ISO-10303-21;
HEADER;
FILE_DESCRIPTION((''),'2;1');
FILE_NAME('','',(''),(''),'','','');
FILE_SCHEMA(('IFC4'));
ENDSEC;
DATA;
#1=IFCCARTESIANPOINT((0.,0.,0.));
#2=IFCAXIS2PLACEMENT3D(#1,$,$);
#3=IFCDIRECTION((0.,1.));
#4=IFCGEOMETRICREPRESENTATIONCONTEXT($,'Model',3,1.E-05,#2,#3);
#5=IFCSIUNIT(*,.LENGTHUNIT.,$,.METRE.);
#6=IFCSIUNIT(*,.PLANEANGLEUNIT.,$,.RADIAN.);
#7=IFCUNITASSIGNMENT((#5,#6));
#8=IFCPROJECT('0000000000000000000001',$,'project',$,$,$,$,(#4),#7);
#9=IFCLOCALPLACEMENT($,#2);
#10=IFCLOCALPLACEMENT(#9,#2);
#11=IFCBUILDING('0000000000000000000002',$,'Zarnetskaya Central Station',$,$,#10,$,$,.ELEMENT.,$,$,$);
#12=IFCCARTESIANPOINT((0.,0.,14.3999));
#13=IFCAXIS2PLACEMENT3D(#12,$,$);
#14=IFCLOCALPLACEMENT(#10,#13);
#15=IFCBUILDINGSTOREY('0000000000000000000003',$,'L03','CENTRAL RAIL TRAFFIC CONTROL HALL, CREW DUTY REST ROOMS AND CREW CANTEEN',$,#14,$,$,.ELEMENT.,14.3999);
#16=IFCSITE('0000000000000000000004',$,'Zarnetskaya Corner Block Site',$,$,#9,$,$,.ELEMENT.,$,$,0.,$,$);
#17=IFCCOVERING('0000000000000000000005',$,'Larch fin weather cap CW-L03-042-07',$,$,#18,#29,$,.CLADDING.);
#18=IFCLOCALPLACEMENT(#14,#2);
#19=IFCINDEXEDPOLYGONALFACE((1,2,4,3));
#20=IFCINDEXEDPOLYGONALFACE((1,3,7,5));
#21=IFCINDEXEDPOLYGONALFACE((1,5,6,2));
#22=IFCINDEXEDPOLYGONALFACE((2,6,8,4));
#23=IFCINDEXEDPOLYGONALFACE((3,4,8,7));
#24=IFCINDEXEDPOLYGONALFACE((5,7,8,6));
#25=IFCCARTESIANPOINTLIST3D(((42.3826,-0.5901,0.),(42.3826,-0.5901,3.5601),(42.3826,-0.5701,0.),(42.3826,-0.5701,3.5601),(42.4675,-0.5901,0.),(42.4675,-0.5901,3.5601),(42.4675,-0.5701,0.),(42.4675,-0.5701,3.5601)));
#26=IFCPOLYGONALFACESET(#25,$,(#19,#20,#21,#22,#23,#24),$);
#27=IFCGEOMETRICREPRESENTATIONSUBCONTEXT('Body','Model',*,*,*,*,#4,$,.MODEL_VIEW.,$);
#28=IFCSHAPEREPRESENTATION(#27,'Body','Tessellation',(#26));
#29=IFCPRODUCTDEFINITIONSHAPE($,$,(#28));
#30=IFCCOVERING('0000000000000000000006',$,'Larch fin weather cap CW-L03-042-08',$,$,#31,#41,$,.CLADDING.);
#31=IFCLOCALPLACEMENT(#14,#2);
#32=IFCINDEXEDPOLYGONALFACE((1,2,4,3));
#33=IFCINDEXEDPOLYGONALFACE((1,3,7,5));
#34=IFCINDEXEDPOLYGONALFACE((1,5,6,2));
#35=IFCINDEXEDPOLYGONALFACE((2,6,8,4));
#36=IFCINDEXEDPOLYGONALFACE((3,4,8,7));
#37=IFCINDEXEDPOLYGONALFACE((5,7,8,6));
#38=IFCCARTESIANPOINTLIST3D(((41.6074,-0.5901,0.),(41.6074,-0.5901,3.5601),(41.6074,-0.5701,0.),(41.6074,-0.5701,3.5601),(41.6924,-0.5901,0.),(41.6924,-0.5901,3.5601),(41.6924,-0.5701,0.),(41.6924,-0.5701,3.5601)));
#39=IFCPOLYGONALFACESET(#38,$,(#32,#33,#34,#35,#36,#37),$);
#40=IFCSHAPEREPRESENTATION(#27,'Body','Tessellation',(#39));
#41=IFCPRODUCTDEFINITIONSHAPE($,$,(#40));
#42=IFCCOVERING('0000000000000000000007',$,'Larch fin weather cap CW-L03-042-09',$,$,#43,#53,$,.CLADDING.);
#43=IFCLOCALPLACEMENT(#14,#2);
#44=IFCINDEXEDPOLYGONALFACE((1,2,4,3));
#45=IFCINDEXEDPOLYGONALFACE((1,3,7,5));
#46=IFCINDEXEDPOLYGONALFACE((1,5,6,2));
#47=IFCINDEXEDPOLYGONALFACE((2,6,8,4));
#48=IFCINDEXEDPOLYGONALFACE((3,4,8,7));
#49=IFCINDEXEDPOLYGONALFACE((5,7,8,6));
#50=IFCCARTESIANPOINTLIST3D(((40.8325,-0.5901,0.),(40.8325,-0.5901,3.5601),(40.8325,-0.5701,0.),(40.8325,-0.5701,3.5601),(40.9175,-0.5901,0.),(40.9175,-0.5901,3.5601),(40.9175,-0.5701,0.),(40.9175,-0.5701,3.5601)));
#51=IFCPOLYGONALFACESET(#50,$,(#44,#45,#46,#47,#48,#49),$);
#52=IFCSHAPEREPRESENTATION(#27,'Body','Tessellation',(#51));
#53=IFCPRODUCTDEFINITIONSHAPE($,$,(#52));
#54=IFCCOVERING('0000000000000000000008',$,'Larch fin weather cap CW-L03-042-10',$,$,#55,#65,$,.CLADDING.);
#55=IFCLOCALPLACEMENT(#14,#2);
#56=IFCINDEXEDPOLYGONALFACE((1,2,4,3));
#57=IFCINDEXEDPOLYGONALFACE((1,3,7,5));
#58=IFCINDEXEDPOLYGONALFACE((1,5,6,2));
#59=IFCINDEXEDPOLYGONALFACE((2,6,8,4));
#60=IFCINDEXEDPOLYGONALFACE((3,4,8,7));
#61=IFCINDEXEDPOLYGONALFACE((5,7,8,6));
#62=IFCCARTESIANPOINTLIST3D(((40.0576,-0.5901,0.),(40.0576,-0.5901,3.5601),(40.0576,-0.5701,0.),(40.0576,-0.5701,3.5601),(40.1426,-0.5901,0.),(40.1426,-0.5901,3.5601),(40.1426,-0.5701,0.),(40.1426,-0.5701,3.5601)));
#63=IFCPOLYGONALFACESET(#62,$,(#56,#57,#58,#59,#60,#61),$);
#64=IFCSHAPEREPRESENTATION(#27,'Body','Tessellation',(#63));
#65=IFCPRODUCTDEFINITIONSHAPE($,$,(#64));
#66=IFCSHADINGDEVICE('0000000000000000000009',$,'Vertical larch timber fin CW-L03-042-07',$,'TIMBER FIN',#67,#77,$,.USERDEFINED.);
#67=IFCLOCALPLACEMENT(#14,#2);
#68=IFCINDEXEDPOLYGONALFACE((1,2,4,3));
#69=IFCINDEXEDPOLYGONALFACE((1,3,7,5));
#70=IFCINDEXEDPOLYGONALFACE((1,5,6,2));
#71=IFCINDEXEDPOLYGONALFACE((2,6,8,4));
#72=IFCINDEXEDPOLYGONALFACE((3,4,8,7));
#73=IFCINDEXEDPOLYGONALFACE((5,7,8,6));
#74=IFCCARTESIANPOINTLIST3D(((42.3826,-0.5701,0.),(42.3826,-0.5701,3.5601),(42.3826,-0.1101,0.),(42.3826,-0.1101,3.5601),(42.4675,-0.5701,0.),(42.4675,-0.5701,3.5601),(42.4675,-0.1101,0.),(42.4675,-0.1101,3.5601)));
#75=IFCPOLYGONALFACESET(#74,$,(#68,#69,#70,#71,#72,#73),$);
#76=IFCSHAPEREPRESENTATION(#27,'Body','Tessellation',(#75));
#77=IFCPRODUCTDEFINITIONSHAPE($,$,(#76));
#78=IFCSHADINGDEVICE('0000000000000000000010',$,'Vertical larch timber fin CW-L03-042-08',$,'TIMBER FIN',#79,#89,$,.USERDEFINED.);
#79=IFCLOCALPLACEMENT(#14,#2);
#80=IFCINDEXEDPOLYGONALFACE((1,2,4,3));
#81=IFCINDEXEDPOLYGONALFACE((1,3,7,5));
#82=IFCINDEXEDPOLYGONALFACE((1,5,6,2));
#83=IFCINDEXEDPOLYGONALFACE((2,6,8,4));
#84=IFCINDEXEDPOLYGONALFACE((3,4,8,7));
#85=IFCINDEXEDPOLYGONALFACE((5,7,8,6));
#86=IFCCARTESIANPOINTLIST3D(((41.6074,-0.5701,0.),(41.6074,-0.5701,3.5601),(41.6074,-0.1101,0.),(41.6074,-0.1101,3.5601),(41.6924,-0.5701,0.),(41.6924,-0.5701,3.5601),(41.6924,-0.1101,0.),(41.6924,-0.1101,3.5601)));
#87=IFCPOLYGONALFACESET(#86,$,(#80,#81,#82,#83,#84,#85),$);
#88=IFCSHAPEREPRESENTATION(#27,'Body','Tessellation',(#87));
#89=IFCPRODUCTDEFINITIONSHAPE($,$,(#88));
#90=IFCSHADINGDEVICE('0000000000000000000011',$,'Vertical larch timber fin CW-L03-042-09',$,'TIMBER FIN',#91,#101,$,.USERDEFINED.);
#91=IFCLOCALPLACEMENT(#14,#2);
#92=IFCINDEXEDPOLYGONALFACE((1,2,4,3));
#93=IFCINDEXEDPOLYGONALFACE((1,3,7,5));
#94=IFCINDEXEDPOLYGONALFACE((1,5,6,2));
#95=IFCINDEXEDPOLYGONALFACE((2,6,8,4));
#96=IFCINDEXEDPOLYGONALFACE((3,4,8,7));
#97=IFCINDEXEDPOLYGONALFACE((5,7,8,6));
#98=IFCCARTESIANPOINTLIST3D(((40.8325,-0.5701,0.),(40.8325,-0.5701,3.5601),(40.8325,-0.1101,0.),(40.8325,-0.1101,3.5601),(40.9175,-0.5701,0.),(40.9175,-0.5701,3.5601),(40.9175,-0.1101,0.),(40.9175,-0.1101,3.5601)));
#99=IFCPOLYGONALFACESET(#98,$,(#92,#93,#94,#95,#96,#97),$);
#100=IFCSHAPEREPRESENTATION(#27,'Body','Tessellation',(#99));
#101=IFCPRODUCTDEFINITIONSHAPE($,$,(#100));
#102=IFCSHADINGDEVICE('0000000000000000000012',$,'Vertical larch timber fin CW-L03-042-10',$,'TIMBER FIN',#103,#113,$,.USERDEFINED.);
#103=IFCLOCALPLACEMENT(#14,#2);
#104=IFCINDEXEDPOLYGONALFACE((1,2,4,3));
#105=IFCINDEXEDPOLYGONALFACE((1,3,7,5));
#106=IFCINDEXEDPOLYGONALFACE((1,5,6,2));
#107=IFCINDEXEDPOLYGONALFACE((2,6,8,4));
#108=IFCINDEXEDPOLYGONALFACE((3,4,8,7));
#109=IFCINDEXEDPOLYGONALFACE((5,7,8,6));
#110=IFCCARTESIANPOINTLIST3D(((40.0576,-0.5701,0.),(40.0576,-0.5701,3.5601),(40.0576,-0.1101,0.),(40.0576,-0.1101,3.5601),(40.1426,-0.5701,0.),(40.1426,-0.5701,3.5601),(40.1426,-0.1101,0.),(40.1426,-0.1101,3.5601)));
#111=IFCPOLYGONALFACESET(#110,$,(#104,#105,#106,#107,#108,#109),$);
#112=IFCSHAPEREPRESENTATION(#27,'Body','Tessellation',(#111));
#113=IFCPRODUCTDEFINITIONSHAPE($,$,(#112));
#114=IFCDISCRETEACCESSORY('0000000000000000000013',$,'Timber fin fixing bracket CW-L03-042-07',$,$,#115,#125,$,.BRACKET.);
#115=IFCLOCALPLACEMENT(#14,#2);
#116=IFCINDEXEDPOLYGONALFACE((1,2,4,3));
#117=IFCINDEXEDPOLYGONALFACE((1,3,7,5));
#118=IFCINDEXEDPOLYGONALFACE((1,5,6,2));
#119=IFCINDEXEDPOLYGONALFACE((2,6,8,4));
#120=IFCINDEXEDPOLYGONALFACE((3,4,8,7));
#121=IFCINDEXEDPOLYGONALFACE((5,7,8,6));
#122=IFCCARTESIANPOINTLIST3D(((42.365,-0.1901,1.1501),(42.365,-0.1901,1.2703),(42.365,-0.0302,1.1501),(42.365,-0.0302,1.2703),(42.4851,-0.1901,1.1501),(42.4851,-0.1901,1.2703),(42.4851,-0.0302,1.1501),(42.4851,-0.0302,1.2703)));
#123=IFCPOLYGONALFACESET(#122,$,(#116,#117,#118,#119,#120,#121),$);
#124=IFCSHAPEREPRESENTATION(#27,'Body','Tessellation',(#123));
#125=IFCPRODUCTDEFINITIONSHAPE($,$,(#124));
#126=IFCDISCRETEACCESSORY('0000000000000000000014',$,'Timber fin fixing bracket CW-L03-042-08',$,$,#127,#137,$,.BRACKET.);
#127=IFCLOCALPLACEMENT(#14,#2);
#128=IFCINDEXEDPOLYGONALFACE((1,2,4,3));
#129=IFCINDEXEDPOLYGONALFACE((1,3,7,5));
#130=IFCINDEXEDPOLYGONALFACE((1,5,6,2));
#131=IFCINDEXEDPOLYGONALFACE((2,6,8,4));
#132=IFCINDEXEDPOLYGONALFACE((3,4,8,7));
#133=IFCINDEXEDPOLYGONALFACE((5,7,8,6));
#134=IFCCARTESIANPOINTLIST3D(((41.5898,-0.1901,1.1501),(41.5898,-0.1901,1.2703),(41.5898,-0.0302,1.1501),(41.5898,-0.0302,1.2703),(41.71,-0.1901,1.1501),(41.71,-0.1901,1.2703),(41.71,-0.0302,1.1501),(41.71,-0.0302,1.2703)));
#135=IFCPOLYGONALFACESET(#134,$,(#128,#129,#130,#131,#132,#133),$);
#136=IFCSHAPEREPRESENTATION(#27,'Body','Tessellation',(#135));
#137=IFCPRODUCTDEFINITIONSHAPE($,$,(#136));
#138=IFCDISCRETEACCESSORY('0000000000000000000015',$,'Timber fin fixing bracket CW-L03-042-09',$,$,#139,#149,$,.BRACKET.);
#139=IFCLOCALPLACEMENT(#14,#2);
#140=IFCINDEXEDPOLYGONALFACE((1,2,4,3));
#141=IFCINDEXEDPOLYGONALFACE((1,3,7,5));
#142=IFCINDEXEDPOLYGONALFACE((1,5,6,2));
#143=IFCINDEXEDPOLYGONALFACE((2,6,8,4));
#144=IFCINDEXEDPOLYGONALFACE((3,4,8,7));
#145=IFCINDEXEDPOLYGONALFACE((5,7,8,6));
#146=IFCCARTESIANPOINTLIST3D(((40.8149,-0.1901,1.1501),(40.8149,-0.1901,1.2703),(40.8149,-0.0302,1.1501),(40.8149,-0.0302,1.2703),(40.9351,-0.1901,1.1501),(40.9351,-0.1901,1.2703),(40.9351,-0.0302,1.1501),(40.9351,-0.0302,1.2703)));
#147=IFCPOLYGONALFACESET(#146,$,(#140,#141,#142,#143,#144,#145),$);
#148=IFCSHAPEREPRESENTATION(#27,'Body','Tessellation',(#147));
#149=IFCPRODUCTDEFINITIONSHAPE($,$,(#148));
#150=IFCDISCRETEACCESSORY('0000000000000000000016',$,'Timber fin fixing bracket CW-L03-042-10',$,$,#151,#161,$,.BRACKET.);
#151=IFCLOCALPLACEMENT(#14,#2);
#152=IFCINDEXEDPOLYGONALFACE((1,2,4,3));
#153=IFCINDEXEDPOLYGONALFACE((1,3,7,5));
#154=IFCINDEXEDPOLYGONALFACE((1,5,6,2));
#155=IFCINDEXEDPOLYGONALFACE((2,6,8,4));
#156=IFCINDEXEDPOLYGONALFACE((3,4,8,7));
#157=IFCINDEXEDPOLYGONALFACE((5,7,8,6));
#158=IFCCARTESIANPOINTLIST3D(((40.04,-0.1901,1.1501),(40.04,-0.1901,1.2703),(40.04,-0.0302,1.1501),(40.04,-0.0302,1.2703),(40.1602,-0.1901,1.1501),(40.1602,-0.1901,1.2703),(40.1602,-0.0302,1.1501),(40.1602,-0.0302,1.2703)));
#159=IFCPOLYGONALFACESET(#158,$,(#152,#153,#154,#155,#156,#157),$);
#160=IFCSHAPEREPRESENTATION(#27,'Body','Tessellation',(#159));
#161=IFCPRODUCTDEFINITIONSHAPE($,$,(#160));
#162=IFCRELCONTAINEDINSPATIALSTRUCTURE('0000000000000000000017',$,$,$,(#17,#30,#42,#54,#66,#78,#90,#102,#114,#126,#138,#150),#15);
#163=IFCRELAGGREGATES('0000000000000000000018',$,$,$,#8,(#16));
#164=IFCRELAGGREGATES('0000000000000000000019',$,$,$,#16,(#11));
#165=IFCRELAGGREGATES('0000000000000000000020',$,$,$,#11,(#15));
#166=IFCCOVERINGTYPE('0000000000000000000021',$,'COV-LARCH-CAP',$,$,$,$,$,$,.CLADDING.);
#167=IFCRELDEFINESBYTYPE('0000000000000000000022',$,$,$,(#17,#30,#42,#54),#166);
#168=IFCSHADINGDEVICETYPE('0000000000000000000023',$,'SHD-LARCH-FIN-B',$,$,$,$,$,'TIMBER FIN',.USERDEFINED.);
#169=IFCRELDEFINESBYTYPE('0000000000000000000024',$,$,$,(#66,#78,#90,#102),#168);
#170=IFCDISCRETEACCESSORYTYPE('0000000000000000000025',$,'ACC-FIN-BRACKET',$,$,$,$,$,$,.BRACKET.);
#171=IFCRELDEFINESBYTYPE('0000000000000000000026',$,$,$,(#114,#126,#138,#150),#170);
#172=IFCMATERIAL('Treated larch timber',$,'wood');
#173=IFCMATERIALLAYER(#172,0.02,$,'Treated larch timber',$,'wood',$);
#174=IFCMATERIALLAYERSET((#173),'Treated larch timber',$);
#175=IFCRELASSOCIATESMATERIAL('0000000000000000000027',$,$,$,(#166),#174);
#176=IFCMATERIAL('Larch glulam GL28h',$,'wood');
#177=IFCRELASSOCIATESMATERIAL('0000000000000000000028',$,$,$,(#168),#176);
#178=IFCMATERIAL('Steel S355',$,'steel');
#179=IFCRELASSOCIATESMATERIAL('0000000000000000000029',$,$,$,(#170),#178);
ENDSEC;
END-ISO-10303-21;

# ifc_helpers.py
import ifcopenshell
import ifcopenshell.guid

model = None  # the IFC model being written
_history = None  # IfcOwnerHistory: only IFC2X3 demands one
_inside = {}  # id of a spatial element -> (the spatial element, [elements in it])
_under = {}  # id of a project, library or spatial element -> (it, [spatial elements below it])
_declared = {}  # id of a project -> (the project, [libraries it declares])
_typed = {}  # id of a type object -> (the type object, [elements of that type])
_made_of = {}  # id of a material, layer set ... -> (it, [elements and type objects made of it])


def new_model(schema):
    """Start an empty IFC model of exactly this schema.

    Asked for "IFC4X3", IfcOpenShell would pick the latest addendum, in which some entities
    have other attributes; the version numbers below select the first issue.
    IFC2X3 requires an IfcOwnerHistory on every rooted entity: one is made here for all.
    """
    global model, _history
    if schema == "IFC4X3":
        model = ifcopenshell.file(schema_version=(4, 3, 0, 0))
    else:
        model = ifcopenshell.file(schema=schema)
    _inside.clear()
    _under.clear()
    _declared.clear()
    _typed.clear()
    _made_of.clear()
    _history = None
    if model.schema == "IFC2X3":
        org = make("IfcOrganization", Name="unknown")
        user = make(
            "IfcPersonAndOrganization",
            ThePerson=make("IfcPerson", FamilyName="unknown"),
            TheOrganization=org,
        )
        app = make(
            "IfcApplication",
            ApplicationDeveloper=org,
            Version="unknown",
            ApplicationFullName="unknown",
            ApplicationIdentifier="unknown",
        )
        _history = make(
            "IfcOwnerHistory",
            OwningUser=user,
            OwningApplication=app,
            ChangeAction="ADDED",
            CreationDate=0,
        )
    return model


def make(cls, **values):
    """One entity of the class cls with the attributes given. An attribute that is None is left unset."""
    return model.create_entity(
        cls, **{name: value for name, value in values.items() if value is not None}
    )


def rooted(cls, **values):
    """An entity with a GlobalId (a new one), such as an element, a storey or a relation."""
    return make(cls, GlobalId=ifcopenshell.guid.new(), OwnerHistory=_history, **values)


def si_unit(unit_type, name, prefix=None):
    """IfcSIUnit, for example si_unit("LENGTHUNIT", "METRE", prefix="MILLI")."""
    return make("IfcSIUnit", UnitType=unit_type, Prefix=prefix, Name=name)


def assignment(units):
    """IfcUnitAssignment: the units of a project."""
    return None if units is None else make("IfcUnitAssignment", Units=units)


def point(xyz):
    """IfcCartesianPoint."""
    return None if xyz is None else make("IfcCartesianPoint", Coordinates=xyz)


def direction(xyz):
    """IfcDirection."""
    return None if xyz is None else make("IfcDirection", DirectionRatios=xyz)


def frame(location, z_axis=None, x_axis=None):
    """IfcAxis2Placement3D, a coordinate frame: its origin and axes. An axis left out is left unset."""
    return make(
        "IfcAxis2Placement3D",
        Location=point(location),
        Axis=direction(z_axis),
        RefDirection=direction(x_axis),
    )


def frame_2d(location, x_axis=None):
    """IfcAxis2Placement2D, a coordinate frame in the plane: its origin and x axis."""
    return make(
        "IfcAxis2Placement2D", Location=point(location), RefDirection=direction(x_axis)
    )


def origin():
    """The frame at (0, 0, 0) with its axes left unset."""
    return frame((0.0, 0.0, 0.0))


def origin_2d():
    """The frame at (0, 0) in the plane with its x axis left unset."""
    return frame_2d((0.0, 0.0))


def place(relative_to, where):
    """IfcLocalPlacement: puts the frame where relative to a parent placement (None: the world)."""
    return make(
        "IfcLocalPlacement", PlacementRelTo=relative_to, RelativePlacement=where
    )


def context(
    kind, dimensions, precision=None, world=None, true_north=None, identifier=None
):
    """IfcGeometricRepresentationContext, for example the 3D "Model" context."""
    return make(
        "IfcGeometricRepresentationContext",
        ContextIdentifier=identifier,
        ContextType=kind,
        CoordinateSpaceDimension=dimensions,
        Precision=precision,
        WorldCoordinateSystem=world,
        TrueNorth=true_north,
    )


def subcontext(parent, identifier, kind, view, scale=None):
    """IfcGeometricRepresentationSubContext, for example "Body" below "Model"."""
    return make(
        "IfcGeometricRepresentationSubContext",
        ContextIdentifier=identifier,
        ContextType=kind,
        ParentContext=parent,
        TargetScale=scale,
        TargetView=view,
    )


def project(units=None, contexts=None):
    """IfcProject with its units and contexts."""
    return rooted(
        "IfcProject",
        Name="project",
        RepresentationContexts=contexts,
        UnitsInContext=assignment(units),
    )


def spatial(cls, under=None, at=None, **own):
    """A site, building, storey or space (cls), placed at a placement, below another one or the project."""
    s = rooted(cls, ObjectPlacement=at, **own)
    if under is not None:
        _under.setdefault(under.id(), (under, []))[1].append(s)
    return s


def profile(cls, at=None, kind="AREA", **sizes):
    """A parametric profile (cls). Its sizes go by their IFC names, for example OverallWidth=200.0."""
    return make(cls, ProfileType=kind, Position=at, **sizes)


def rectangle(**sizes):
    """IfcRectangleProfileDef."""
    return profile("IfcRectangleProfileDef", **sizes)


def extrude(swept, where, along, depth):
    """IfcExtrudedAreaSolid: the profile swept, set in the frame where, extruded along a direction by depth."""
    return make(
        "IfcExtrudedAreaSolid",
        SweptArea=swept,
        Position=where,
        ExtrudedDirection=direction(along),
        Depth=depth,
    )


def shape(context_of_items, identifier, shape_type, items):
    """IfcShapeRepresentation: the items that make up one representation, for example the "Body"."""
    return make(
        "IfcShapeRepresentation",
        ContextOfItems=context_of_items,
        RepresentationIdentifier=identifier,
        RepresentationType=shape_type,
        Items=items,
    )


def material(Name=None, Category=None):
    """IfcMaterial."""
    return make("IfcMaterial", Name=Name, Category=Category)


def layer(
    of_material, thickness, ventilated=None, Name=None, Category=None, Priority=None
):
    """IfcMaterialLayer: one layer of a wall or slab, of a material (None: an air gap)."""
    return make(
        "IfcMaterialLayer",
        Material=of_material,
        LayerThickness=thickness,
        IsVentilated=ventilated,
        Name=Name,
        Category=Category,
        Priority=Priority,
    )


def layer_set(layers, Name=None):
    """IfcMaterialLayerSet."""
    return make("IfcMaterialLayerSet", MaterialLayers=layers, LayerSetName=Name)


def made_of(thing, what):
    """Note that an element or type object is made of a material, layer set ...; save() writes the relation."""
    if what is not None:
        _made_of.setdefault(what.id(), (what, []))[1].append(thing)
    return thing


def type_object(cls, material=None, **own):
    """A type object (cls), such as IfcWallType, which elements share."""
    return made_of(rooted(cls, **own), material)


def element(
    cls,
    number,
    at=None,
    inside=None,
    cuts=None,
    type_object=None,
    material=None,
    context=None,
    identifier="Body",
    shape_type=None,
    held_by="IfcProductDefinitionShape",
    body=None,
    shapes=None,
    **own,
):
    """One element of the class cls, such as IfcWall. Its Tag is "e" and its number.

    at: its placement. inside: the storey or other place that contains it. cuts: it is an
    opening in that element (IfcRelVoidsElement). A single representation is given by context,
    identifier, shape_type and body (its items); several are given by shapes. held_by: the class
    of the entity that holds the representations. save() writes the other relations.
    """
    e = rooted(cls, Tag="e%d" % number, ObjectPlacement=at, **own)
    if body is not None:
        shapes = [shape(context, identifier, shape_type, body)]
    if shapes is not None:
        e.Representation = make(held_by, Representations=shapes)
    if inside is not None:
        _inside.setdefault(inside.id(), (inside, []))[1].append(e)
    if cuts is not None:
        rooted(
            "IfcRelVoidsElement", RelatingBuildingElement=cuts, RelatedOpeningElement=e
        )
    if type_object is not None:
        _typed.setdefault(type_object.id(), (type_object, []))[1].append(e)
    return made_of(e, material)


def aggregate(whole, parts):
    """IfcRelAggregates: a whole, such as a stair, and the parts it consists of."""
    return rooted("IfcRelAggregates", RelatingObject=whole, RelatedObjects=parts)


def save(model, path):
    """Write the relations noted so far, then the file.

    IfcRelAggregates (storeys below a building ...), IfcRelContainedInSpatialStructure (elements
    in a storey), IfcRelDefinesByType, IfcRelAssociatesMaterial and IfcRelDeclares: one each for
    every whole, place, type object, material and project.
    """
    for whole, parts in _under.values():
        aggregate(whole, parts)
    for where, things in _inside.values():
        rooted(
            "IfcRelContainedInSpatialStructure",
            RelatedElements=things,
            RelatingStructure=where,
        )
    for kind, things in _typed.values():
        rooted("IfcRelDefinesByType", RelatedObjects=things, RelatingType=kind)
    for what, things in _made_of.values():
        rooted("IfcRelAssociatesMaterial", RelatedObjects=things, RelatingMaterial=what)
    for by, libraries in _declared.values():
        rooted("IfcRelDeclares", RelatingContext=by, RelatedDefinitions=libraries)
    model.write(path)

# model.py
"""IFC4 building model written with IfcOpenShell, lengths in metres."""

from ifc_helpers import new_model, si_unit, direction, frame, origin, origin_2d, place, context, subcontext, project, spatial, rectangle, extrude, material, layer, layer_set, type_object, element, save


model = new_model("IFC4")

# Units and contexts
model_context = context("Model", 3, precision=1e-05, world=origin(), true_north=direction((0.0, 1.0)))
body_context = subcontext(model_context, "Body", "Model", "MODEL_VIEW")
ifc_project = project(units=[si_unit("LENGTHUNIT", "METRE"), si_unit("PLANEANGLEUNIT", "RADIAN")], contexts=[model_context])

# Site, building, storey
site_placement = place(None, origin())
site = spatial("IfcSite", under=ifc_project, at=site_placement, Name="Zarnetskaya Corner Block Site", CompositionType="ELEMENT", RefElevation=0.0)
building_placement = place(site_placement, origin())
building = spatial("IfcBuilding", under=site, at=building_placement, Name="Zarnetskaya Central Station", CompositionType="ELEMENT")
storey_placement = place(building_placement, frame((0.0, 0.0, 14.3999)))
storey = spatial("IfcBuildingStorey", under=building, at=storey_placement, Name="L03", Description="CENTRAL RAIL TRAFFIC CONTROL HALL, CREW DUTY REST ROOMS AND CREW CANTEEN", CompositionType="ELEMENT", Elevation=14.3999)

# Coverings
ifc_material_1 = material(Name="Treated larch timber", Category="wood")
ifc_layer_1 = layer(ifc_material_1, 0.02, Name="Treated larch timber", Category="wood")
ifc_layer_set_1 = layer_set([ifc_layer_1], Name="Treated larch timber")
covering_type = type_object("IfcCoveringType", Name="COV-LARCH-CAP", PredefinedType="CLADDING", material=ifc_layer_set_1)
for number, where, z_axis, x_axis, name in (
    (1, (42.425, -0.5801, 0.0), (0.0, 0.0, 1.0), (-1.0, 0.0, 0.0), "Larch fin weather cap CW-L03-042-07"),
    (2, (41.6499, -0.5801, 0.0), (0.0, 0.0, 1.0), (-1.0, 0.0, 0.0), "Larch fin weather cap CW-L03-042-08"),
    (3, (40.875, -0.5801, 0.0), (0.0, 0.0, 1.0), (-1.0, 0.0, 0.0), "Larch fin weather cap CW-L03-042-09"),
    (4, (40.1001, -0.5801, 0.0), (0.0, 0.0, 1.0), (-1.0, 0.0, 0.0), "Larch fin weather cap CW-L03-042-10"),
):
    element("IfcCovering", number, at=place(storey_placement, frame(where, z_axis=z_axis, x_axis=x_axis)), inside=storey, type_object=covering_type, Name=name, PredefinedType="CLADDING", context=body_context, shape_type="SweptSolid", body=[
        extrude(rectangle(XDim=0.085, YDim=0.02, at=origin_2d()), origin(), (0.0, 0.0, 1.0), 3.5601),
    ])

# Shading devices
ifc_material_2 = material(Name="Larch glulam GL28h", Category="wood")
shading_device_type = type_object("IfcShadingDeviceType", Name="SHD-LARCH-FIN-B", ElementType="TIMBER FIN", PredefinedType="USERDEFINED", material=ifc_material_2)
for number, where, z_axis, x_axis, name in (
    (5, (42.425, -0.3401, 0.0), (0.0, 0.0, 1.0), (-1.0, 0.0, 0.0), "Vertical larch timber fin CW-L03-042-07"),
    (6, (41.6499, -0.3401, 0.0), (0.0, 0.0, 1.0), (-1.0, 0.0, 0.0), "Vertical larch timber fin CW-L03-042-08"),
    (7, (40.875, -0.3401, 0.0), (0.0, 0.0, 1.0), (-1.0, 0.0, 0.0), "Vertical larch timber fin CW-L03-042-09"),
    (8, (40.1001, -0.3401, 0.0), (0.0, 0.0, 1.0), (-1.0, 0.0, 0.0), "Vertical larch timber fin CW-L03-042-10"),
):
    element("IfcShadingDevice", number, at=place(storey_placement, frame(where, z_axis=z_axis, x_axis=x_axis)), inside=storey, type_object=shading_device_type, Name=name, ObjectType="TIMBER FIN", PredefinedType="USERDEFINED", context=body_context, shape_type="SweptSolid", body=[
        extrude(rectangle(XDim=0.085, YDim=0.46, at=origin_2d()), origin(), (0.0, 0.0, 1.0), 3.5601),
    ])

# Discrete accessories
ifc_material_3 = material(Name="Steel S355", Category="steel")
discrete_accessory_type = type_object("IfcDiscreteAccessoryType", Name="ACC-FIN-BRACKET", PredefinedType="BRACKET", material=ifc_material_3)
for number, where, z_axis, x_axis, name in (
    (9, (42.425, -0.1101, 1.1501), (0.0, 0.0, 1.0), (-1.0, 0.0, 0.0), "Timber fin fixing bracket CW-L03-042-07"),
    (10, (41.6499, -0.1101, 1.1501), (0.0, 0.0, 1.0), (-1.0, 0.0, 0.0), "Timber fin fixing bracket CW-L03-042-08"),
    (11, (40.875, -0.1101, 1.1501), (0.0, 0.0, 1.0), (-1.0, 0.0, 0.0), "Timber fin fixing bracket CW-L03-042-09"),
    (12, (40.1001, -0.1101, 1.1501), (0.0, 0.0, 1.0), (-1.0, 0.0, 0.0), "Timber fin fixing bracket CW-L03-042-10"),
):
    element("IfcDiscreteAccessory", number, at=place(storey_placement, frame(where, z_axis=z_axis, x_axis=x_axis)), inside=storey, type_object=discrete_accessory_type, Name=name, PredefinedType="BRACKET", context=body_context, shape_type="SweptSolid", body=[
        extrude(rectangle(XDim=0.1201, YDim=0.1599, at=origin_2d()), origin(), (0.0, 0.0, 1.0), 0.1201),
    ])

save(model, "model.ifc")
